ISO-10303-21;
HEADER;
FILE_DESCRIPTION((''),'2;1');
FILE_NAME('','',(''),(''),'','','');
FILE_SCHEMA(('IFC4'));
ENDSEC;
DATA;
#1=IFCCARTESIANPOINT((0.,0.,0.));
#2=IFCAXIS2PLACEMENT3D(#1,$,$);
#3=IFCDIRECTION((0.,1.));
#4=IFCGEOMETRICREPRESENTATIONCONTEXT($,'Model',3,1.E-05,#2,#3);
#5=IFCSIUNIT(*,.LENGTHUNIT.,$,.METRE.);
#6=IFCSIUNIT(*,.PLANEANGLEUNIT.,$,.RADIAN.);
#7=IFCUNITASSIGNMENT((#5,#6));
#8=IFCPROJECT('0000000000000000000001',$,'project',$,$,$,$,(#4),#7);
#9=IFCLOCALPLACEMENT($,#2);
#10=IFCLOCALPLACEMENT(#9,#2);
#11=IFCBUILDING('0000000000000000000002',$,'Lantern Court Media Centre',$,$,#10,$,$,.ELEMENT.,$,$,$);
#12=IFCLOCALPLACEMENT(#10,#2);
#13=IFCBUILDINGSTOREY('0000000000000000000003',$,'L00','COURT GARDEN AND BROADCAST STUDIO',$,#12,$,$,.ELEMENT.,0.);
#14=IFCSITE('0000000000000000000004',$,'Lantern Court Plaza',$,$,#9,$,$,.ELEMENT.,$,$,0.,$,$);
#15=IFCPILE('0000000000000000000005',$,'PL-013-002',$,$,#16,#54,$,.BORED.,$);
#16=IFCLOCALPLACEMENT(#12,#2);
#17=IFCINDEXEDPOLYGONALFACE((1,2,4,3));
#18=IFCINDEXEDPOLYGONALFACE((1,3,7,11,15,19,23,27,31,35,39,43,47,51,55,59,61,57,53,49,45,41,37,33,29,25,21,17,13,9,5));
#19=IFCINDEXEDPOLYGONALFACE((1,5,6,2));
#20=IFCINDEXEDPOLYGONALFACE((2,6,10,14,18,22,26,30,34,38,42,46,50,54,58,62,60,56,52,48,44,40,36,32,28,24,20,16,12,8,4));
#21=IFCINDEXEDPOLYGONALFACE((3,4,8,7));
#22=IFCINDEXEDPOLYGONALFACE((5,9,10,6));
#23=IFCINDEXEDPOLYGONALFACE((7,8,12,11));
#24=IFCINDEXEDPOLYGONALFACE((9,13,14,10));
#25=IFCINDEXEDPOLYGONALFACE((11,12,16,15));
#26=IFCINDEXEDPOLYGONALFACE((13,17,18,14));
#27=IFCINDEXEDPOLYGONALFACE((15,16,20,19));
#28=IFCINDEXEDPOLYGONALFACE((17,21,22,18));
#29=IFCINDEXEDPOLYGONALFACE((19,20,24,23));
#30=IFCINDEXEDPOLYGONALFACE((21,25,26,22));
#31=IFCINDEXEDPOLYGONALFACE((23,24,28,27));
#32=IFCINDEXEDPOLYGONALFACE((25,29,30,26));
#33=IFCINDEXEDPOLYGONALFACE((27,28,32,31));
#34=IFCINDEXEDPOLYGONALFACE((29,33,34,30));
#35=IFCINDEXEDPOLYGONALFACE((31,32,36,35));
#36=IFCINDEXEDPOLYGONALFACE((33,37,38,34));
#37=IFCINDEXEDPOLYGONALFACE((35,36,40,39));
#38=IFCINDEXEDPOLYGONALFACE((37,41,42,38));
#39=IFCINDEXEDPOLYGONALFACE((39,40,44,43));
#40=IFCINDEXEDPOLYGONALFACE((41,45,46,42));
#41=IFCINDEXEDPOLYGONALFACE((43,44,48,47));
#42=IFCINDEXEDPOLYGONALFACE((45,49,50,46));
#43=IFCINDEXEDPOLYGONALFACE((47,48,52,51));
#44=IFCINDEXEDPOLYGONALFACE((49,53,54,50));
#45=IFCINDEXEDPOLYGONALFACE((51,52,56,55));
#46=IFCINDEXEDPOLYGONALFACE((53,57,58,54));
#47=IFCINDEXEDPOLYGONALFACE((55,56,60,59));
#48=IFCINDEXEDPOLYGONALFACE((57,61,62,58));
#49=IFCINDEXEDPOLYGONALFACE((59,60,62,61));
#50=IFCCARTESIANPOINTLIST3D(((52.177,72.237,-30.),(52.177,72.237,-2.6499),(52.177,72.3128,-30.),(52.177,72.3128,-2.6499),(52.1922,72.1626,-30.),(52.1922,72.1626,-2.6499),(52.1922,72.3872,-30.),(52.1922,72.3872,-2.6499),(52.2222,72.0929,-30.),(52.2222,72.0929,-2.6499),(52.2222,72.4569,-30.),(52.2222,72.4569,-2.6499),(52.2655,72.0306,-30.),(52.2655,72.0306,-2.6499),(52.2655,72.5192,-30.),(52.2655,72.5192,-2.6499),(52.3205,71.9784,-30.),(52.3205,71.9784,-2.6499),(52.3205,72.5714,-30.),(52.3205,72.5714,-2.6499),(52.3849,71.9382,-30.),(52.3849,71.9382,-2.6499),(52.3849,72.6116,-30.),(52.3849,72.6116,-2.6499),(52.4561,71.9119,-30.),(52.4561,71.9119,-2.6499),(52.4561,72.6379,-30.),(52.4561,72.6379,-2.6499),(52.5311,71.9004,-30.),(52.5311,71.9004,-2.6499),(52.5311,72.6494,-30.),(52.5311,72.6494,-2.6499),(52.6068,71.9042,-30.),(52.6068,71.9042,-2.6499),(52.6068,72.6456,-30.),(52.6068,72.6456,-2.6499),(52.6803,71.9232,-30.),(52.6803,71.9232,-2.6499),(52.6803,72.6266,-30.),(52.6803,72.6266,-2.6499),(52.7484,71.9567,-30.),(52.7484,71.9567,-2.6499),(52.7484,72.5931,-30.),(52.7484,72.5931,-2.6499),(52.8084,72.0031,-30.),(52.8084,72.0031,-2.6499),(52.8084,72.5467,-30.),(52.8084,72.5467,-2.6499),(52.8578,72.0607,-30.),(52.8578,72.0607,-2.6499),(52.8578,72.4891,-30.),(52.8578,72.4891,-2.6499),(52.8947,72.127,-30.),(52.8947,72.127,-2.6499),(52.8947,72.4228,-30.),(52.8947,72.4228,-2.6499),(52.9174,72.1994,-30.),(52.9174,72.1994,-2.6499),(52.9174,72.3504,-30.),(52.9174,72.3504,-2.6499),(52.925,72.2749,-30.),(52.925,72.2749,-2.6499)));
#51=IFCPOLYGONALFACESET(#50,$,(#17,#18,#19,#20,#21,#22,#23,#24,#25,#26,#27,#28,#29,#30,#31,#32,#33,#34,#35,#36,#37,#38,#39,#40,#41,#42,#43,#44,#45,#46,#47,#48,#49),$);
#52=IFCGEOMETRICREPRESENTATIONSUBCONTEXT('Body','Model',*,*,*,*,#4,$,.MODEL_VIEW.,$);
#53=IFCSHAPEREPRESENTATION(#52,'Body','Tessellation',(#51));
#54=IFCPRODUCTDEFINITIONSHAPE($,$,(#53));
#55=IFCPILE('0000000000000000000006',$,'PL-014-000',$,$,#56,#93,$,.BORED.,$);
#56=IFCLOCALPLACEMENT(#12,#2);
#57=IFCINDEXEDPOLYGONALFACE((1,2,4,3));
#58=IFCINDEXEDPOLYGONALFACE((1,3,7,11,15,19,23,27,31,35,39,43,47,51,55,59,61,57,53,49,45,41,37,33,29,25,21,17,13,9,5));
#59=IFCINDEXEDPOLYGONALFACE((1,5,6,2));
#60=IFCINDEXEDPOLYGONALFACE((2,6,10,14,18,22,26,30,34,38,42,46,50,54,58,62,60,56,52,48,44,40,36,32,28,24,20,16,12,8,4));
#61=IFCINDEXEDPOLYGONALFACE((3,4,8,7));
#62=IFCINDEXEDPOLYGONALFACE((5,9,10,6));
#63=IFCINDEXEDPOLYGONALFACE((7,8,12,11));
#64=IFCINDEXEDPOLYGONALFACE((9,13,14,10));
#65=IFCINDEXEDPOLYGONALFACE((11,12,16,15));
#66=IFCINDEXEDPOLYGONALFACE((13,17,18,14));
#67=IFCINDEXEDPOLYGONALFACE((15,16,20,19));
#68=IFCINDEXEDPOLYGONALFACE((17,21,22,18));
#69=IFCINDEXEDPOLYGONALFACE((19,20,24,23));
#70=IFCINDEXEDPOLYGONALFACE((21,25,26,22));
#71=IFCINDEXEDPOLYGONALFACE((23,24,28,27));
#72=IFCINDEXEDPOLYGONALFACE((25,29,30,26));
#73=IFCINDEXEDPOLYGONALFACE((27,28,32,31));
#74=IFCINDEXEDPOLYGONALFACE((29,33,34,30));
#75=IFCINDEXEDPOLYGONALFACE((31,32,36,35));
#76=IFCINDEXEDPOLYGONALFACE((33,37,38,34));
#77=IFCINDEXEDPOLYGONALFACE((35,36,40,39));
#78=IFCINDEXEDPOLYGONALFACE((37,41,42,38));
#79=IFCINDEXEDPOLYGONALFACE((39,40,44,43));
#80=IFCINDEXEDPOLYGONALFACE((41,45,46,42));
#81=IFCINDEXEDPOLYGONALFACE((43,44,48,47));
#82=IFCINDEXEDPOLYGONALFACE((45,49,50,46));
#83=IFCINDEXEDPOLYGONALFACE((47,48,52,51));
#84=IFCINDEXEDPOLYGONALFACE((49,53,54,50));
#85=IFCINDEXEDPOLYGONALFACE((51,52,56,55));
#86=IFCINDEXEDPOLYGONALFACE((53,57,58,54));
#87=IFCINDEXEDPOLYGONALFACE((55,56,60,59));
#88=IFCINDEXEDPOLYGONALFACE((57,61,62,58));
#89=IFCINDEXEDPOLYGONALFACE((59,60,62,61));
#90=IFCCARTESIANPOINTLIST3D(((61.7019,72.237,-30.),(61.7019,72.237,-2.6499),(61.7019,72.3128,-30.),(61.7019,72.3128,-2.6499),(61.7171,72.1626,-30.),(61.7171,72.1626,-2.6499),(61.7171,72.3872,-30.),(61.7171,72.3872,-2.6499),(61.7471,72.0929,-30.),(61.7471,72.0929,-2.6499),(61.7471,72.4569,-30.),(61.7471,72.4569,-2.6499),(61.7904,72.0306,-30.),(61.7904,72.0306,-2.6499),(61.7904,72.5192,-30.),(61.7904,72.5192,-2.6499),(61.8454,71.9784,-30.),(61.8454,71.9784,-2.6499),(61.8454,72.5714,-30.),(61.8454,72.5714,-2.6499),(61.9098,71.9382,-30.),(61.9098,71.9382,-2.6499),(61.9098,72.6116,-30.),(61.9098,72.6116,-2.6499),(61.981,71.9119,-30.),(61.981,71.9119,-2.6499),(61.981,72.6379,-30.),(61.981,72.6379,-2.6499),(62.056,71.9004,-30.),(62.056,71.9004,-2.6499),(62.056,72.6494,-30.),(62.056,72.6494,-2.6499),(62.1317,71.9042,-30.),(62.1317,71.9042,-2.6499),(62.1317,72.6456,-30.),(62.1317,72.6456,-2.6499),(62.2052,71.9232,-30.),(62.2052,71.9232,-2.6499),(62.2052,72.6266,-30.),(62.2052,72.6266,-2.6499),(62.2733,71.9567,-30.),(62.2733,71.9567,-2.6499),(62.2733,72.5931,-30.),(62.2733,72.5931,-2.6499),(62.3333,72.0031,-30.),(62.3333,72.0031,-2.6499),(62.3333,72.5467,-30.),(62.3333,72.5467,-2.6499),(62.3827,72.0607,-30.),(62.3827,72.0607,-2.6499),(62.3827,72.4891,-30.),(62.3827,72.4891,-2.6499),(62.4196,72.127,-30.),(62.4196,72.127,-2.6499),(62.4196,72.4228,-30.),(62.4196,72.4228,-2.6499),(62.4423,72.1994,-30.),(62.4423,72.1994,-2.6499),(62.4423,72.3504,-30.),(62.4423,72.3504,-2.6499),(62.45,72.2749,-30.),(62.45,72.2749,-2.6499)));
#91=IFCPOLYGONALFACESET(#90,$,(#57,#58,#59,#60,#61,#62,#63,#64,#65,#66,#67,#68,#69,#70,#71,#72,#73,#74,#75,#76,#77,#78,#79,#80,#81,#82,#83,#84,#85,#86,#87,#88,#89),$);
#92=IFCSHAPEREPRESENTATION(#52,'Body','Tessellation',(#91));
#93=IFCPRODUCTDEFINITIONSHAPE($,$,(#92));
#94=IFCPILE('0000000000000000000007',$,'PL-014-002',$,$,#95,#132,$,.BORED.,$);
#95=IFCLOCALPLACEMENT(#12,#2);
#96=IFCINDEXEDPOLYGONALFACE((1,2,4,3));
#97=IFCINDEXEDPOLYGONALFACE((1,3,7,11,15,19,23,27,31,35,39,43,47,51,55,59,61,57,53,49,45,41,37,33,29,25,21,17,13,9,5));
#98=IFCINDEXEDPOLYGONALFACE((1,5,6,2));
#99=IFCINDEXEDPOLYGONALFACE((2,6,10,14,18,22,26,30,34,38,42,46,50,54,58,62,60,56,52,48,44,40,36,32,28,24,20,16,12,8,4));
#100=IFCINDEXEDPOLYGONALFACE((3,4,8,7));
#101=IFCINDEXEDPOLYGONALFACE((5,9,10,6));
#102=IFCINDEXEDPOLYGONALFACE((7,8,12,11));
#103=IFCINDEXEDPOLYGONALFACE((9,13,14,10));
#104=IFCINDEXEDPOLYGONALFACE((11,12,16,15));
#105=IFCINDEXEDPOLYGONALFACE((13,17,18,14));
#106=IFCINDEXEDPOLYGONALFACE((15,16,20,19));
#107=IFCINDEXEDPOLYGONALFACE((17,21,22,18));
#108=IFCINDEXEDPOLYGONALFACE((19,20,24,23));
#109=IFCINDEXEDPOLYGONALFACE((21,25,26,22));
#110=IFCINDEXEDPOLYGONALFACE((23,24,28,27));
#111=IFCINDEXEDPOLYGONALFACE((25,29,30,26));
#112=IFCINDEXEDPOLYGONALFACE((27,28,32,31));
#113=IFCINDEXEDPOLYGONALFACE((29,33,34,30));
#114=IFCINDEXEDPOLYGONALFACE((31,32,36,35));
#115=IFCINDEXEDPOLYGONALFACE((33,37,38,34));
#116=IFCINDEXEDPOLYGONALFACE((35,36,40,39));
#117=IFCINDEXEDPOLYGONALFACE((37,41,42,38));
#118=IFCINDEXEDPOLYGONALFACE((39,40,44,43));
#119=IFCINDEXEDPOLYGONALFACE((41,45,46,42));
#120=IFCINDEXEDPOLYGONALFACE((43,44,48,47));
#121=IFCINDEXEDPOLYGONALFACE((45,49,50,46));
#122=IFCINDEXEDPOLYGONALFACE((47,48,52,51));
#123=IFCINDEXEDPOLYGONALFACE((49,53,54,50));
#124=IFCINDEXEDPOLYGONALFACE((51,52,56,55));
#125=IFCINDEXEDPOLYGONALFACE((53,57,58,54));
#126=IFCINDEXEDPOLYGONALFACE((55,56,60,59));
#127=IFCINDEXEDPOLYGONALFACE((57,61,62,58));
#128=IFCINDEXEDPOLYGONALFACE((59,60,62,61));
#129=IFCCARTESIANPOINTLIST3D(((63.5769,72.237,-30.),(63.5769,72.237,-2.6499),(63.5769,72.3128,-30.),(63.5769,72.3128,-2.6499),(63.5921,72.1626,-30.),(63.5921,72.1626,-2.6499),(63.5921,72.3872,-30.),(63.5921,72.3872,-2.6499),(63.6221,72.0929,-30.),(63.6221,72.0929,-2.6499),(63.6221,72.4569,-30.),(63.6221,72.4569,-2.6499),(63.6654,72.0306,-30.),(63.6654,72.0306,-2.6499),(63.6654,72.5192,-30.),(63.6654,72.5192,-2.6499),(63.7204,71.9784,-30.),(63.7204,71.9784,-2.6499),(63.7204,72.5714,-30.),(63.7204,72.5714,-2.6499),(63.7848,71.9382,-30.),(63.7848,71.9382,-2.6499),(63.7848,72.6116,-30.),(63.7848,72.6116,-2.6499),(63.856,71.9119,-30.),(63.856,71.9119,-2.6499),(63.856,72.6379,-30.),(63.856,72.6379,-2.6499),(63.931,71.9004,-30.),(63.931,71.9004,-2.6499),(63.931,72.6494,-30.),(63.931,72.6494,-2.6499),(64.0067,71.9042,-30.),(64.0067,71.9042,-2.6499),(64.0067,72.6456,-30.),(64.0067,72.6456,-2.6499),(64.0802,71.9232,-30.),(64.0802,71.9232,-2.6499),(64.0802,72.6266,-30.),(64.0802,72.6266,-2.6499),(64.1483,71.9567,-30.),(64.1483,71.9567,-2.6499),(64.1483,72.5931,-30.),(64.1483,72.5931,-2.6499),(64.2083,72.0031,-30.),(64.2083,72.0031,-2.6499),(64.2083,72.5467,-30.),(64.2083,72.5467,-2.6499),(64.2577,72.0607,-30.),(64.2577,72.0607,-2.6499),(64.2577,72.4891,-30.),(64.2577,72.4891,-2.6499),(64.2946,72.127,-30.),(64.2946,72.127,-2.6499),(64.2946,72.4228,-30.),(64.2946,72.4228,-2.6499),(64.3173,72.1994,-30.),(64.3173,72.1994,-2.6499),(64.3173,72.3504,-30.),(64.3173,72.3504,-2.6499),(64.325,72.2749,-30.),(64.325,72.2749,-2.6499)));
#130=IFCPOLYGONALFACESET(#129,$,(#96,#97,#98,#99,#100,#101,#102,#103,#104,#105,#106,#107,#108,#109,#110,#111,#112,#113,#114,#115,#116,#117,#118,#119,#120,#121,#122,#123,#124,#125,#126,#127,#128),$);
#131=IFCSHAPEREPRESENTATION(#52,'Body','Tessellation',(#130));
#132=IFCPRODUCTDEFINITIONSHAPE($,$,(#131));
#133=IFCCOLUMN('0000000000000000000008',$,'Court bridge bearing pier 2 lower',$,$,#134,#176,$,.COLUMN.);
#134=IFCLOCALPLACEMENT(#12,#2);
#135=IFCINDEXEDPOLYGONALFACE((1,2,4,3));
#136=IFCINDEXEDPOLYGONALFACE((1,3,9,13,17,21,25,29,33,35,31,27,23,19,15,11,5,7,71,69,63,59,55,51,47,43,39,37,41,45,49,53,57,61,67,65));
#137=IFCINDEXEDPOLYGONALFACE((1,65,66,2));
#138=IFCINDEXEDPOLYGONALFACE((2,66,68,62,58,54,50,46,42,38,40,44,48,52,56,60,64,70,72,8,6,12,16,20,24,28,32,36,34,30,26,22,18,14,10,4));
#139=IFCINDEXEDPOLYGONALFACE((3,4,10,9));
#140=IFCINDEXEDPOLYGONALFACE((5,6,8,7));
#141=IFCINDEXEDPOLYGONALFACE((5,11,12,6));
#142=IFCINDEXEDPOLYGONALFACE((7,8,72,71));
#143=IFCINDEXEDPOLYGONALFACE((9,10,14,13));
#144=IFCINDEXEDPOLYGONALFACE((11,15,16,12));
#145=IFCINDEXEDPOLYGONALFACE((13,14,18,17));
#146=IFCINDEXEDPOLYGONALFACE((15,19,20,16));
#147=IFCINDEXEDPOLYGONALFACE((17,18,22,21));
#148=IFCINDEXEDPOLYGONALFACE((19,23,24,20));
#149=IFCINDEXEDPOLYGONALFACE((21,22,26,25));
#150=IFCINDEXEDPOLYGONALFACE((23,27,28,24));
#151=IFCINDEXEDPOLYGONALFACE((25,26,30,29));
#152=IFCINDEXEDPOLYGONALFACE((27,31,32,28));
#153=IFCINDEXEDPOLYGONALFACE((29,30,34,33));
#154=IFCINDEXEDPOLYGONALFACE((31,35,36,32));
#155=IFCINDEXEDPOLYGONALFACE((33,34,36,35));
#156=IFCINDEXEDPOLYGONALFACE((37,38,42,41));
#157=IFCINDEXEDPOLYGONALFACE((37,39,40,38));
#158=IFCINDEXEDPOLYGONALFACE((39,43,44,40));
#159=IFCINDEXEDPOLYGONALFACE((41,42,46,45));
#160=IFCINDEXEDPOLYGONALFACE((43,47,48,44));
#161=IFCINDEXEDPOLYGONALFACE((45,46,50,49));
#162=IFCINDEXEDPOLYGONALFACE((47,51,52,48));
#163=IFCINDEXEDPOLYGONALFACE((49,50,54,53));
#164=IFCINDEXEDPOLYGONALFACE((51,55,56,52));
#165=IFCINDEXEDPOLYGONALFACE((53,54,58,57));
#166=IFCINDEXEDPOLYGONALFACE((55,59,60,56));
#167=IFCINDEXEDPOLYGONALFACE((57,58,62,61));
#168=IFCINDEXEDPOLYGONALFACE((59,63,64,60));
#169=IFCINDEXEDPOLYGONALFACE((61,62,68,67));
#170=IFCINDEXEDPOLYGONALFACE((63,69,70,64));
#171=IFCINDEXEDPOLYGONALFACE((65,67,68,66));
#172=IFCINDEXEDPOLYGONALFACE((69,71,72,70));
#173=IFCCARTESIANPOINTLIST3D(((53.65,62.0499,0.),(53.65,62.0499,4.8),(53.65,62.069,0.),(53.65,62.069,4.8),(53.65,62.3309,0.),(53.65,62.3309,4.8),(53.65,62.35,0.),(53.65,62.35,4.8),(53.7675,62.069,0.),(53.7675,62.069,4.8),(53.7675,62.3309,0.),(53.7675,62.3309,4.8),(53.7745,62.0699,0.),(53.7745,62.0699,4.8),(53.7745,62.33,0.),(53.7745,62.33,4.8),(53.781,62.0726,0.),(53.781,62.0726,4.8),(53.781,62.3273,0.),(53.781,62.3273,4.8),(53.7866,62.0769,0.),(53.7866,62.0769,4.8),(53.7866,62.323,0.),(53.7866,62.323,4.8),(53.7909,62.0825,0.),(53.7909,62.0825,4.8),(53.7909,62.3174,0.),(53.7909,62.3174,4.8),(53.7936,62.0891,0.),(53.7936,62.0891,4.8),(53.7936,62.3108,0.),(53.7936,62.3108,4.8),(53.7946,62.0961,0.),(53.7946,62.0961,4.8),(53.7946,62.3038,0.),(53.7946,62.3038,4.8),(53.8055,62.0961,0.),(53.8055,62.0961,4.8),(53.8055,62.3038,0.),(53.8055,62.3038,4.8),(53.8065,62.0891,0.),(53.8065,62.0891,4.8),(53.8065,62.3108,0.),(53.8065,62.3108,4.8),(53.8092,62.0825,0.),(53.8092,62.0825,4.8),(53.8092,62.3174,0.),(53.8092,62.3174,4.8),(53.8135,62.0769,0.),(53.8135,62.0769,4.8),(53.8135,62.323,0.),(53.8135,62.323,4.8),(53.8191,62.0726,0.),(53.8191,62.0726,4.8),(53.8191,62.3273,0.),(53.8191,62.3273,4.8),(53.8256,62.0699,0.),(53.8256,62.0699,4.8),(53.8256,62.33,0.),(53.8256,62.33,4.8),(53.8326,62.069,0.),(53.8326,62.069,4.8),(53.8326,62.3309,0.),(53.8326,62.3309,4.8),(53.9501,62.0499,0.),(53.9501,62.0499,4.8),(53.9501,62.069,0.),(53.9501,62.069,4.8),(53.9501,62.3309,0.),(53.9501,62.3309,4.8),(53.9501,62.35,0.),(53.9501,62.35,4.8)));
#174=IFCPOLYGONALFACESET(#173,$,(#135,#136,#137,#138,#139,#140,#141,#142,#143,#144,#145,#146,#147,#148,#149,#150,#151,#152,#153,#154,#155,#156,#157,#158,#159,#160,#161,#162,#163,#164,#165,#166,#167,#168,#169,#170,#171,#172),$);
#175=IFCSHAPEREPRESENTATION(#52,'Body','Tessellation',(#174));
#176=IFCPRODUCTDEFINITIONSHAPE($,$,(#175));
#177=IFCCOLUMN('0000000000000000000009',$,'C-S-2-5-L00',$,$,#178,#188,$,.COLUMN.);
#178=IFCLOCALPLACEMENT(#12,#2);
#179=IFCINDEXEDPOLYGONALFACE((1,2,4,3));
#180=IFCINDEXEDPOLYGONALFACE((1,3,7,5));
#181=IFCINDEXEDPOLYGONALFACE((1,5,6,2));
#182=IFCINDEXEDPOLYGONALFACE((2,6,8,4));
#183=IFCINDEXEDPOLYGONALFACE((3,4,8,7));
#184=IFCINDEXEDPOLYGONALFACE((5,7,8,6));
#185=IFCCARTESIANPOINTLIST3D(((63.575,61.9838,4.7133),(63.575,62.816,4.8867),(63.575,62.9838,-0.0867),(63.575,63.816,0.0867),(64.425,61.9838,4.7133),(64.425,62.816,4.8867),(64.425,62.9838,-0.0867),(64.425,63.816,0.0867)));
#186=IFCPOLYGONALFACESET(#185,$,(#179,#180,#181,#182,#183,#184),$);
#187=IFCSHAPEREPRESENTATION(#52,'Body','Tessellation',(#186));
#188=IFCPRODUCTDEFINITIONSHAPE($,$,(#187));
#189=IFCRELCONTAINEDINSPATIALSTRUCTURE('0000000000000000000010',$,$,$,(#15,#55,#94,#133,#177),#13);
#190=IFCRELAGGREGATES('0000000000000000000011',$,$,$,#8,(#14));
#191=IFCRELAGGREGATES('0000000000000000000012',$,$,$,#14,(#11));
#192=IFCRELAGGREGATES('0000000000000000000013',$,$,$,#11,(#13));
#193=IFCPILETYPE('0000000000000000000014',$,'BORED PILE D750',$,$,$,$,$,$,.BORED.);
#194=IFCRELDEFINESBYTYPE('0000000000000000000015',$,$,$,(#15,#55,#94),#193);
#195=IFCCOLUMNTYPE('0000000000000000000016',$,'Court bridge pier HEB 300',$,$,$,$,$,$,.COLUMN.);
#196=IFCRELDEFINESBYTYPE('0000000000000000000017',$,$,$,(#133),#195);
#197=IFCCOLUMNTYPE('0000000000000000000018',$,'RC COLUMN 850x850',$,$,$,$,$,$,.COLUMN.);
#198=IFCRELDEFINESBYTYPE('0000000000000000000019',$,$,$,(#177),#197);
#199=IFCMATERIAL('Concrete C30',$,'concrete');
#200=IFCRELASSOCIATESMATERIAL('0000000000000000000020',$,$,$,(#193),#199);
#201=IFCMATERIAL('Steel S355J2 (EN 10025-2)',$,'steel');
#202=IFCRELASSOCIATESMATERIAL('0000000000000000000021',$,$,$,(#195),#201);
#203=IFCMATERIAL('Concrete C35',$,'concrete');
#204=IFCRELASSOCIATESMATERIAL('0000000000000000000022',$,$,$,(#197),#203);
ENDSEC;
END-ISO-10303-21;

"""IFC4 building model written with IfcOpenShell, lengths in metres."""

from ifc_helpers import new_model, si_unit, direction, frame, origin, origin_2d, place, context, subcontext, project, spatial, rectangle, circle, i_section, extrude, material, material_profile, profile_set, type_object, element, save


model = new_model("IFC4")

# Units and contexts
model_context = context("Model", 3, precision=1e-05, world=origin(), true_north=direction((0.0, 1.0)))
body_context = subcontext(model_context, "Body", "Model", "MODEL_VIEW")
ifc_project = project(units=[si_unit("LENGTHUNIT", "METRE"), si_unit("PLANEANGLEUNIT", "RADIAN")], contexts=[model_context])

# Site, building, storey
site_placement = place(None, origin())
site = spatial("IfcSite", under=ifc_project, at=site_placement, Name="Lantern Court Plaza", CompositionType="ELEMENT", RefElevation=0.0)
building_placement = place(site_placement, origin())
building = spatial("IfcBuilding", under=site, at=building_placement, Name="Lantern Court Media Centre", CompositionType="ELEMENT")
storey_placement = place(building_placement, origin())
storey = spatial("IfcBuildingStorey", under=building, at=storey_placement, Name="L00", Description="COURT GARDEN AND BROADCAST STUDIO", CompositionType="ELEMENT", Elevation=0.0)

# Piles
ifc_material_1 = material(Name="Concrete C30", Category="concrete")
ifc_material_profile_1 = material_profile(ifc_material_1, circle(Radius=0.375, at=origin_2d()), Name="D750")
ifc_profile_set_1 = profile_set([ifc_material_profile_1], Name="Concrete C30")
pile_type = type_object("IfcPileType", Name="BORED PILE D750", PredefinedType="BORED", material=ifc_profile_set_1)
for number, where, z_axis, x_axis, name in (
    (1, (52.55, 72.2749, -2.6499), (0.0, 0.0, -1.0), (1.0, 0.0, 0.0), "PL-013-002"),
    (2, (62.075, 72.2749, -2.6499), (0.0, 0.0, -1.0), (1.0, 0.0, 0.0), "PL-014-000"),
    (3, (63.95, 72.2749, -2.6499), (0.0, 0.0, -1.0), (1.0, 0.0, 0.0), "PL-014-002"),
):
    element("IfcPile", number, at=place(storey_placement, frame(where, z_axis=z_axis, x_axis=x_axis)), inside=storey, type_object=pile_type, Name=name, PredefinedType="BORED", context=body_context, shape_type="SweptSolid", body=[
        extrude(circle(Radius=0.375, at=origin_2d()), origin(), (0.0, 0.0, 1.0), 27.3501),
    ])

# Columns
ifc_material_2 = material(Name="Steel S355J2 (EN 10025-2)", Category="steel")
ifc_material_profile_2 = material_profile(ifc_material_2, i_section(OverallWidth=0.3, OverallDepth=0.3, WebThickness=0.011, FlangeThickness=0.019, FilletRadius=0.0271, at=origin_2d()), Name="HEB 300")
ifc_profile_set_2 = profile_set([ifc_material_profile_2], Name="Steel S355J2 (EN 10025-2)")
column_type_1 = type_object("IfcColumnType", Name="Court bridge pier HEB 300", PredefinedType="COLUMN", material=ifc_profile_set_2)
column_1_placement = place(storey_placement, frame((53.8, 62.2, 0.0), z_axis=(0.0, 0.0, 1.0), x_axis=(1.0, 0.0, 0.0)))
element("IfcColumn", 4, at=column_1_placement, inside=storey, type_object=column_type_1, Name="Court bridge bearing pier 2 lower", PredefinedType="COLUMN", context=body_context, shape_type="SweptSolid", body=[
    extrude(i_section(OverallWidth=0.3, OverallDepth=0.3, WebThickness=0.011, FlangeThickness=0.019, FilletRadius=0.0271, at=origin_2d()), origin(), (0.0, 0.0, 1.0), 4.8),
])
ifc_material_3 = material(Name="Concrete C35", Category="concrete")
ifc_material_profile_3 = material_profile(ifc_material_3, rectangle(XDim=0.8501, YDim=0.8501, at=origin_2d()), Name="RC 850x850")
ifc_profile_set_3 = profile_set([ifc_material_profile_3], Name="Concrete C35")
column_type_2 = type_object("IfcColumnType", Name="RC COLUMN 850x850", PredefinedType="COLUMN", material=ifc_profile_set_3)
column_2_placement = place(storey_placement, frame((64.0, 63.3999, 0.0), z_axis=(0.0, -0.203952, 0.978981), x_axis=(1.0, 0.0, 0.0)))
element("IfcColumn", 5, at=column_2_placement, inside=storey, type_object=column_type_2, Name="C-S-2-5-L00", PredefinedType="COLUMN", context=body_context, shape_type="SweptSolid", body=[
    extrude(rectangle(XDim=0.8501, YDim=0.8501, at=origin_2d()), origin(), (0.0, 0.0, 1.0), 4.9031),
])

save(model, "model.ifc")
